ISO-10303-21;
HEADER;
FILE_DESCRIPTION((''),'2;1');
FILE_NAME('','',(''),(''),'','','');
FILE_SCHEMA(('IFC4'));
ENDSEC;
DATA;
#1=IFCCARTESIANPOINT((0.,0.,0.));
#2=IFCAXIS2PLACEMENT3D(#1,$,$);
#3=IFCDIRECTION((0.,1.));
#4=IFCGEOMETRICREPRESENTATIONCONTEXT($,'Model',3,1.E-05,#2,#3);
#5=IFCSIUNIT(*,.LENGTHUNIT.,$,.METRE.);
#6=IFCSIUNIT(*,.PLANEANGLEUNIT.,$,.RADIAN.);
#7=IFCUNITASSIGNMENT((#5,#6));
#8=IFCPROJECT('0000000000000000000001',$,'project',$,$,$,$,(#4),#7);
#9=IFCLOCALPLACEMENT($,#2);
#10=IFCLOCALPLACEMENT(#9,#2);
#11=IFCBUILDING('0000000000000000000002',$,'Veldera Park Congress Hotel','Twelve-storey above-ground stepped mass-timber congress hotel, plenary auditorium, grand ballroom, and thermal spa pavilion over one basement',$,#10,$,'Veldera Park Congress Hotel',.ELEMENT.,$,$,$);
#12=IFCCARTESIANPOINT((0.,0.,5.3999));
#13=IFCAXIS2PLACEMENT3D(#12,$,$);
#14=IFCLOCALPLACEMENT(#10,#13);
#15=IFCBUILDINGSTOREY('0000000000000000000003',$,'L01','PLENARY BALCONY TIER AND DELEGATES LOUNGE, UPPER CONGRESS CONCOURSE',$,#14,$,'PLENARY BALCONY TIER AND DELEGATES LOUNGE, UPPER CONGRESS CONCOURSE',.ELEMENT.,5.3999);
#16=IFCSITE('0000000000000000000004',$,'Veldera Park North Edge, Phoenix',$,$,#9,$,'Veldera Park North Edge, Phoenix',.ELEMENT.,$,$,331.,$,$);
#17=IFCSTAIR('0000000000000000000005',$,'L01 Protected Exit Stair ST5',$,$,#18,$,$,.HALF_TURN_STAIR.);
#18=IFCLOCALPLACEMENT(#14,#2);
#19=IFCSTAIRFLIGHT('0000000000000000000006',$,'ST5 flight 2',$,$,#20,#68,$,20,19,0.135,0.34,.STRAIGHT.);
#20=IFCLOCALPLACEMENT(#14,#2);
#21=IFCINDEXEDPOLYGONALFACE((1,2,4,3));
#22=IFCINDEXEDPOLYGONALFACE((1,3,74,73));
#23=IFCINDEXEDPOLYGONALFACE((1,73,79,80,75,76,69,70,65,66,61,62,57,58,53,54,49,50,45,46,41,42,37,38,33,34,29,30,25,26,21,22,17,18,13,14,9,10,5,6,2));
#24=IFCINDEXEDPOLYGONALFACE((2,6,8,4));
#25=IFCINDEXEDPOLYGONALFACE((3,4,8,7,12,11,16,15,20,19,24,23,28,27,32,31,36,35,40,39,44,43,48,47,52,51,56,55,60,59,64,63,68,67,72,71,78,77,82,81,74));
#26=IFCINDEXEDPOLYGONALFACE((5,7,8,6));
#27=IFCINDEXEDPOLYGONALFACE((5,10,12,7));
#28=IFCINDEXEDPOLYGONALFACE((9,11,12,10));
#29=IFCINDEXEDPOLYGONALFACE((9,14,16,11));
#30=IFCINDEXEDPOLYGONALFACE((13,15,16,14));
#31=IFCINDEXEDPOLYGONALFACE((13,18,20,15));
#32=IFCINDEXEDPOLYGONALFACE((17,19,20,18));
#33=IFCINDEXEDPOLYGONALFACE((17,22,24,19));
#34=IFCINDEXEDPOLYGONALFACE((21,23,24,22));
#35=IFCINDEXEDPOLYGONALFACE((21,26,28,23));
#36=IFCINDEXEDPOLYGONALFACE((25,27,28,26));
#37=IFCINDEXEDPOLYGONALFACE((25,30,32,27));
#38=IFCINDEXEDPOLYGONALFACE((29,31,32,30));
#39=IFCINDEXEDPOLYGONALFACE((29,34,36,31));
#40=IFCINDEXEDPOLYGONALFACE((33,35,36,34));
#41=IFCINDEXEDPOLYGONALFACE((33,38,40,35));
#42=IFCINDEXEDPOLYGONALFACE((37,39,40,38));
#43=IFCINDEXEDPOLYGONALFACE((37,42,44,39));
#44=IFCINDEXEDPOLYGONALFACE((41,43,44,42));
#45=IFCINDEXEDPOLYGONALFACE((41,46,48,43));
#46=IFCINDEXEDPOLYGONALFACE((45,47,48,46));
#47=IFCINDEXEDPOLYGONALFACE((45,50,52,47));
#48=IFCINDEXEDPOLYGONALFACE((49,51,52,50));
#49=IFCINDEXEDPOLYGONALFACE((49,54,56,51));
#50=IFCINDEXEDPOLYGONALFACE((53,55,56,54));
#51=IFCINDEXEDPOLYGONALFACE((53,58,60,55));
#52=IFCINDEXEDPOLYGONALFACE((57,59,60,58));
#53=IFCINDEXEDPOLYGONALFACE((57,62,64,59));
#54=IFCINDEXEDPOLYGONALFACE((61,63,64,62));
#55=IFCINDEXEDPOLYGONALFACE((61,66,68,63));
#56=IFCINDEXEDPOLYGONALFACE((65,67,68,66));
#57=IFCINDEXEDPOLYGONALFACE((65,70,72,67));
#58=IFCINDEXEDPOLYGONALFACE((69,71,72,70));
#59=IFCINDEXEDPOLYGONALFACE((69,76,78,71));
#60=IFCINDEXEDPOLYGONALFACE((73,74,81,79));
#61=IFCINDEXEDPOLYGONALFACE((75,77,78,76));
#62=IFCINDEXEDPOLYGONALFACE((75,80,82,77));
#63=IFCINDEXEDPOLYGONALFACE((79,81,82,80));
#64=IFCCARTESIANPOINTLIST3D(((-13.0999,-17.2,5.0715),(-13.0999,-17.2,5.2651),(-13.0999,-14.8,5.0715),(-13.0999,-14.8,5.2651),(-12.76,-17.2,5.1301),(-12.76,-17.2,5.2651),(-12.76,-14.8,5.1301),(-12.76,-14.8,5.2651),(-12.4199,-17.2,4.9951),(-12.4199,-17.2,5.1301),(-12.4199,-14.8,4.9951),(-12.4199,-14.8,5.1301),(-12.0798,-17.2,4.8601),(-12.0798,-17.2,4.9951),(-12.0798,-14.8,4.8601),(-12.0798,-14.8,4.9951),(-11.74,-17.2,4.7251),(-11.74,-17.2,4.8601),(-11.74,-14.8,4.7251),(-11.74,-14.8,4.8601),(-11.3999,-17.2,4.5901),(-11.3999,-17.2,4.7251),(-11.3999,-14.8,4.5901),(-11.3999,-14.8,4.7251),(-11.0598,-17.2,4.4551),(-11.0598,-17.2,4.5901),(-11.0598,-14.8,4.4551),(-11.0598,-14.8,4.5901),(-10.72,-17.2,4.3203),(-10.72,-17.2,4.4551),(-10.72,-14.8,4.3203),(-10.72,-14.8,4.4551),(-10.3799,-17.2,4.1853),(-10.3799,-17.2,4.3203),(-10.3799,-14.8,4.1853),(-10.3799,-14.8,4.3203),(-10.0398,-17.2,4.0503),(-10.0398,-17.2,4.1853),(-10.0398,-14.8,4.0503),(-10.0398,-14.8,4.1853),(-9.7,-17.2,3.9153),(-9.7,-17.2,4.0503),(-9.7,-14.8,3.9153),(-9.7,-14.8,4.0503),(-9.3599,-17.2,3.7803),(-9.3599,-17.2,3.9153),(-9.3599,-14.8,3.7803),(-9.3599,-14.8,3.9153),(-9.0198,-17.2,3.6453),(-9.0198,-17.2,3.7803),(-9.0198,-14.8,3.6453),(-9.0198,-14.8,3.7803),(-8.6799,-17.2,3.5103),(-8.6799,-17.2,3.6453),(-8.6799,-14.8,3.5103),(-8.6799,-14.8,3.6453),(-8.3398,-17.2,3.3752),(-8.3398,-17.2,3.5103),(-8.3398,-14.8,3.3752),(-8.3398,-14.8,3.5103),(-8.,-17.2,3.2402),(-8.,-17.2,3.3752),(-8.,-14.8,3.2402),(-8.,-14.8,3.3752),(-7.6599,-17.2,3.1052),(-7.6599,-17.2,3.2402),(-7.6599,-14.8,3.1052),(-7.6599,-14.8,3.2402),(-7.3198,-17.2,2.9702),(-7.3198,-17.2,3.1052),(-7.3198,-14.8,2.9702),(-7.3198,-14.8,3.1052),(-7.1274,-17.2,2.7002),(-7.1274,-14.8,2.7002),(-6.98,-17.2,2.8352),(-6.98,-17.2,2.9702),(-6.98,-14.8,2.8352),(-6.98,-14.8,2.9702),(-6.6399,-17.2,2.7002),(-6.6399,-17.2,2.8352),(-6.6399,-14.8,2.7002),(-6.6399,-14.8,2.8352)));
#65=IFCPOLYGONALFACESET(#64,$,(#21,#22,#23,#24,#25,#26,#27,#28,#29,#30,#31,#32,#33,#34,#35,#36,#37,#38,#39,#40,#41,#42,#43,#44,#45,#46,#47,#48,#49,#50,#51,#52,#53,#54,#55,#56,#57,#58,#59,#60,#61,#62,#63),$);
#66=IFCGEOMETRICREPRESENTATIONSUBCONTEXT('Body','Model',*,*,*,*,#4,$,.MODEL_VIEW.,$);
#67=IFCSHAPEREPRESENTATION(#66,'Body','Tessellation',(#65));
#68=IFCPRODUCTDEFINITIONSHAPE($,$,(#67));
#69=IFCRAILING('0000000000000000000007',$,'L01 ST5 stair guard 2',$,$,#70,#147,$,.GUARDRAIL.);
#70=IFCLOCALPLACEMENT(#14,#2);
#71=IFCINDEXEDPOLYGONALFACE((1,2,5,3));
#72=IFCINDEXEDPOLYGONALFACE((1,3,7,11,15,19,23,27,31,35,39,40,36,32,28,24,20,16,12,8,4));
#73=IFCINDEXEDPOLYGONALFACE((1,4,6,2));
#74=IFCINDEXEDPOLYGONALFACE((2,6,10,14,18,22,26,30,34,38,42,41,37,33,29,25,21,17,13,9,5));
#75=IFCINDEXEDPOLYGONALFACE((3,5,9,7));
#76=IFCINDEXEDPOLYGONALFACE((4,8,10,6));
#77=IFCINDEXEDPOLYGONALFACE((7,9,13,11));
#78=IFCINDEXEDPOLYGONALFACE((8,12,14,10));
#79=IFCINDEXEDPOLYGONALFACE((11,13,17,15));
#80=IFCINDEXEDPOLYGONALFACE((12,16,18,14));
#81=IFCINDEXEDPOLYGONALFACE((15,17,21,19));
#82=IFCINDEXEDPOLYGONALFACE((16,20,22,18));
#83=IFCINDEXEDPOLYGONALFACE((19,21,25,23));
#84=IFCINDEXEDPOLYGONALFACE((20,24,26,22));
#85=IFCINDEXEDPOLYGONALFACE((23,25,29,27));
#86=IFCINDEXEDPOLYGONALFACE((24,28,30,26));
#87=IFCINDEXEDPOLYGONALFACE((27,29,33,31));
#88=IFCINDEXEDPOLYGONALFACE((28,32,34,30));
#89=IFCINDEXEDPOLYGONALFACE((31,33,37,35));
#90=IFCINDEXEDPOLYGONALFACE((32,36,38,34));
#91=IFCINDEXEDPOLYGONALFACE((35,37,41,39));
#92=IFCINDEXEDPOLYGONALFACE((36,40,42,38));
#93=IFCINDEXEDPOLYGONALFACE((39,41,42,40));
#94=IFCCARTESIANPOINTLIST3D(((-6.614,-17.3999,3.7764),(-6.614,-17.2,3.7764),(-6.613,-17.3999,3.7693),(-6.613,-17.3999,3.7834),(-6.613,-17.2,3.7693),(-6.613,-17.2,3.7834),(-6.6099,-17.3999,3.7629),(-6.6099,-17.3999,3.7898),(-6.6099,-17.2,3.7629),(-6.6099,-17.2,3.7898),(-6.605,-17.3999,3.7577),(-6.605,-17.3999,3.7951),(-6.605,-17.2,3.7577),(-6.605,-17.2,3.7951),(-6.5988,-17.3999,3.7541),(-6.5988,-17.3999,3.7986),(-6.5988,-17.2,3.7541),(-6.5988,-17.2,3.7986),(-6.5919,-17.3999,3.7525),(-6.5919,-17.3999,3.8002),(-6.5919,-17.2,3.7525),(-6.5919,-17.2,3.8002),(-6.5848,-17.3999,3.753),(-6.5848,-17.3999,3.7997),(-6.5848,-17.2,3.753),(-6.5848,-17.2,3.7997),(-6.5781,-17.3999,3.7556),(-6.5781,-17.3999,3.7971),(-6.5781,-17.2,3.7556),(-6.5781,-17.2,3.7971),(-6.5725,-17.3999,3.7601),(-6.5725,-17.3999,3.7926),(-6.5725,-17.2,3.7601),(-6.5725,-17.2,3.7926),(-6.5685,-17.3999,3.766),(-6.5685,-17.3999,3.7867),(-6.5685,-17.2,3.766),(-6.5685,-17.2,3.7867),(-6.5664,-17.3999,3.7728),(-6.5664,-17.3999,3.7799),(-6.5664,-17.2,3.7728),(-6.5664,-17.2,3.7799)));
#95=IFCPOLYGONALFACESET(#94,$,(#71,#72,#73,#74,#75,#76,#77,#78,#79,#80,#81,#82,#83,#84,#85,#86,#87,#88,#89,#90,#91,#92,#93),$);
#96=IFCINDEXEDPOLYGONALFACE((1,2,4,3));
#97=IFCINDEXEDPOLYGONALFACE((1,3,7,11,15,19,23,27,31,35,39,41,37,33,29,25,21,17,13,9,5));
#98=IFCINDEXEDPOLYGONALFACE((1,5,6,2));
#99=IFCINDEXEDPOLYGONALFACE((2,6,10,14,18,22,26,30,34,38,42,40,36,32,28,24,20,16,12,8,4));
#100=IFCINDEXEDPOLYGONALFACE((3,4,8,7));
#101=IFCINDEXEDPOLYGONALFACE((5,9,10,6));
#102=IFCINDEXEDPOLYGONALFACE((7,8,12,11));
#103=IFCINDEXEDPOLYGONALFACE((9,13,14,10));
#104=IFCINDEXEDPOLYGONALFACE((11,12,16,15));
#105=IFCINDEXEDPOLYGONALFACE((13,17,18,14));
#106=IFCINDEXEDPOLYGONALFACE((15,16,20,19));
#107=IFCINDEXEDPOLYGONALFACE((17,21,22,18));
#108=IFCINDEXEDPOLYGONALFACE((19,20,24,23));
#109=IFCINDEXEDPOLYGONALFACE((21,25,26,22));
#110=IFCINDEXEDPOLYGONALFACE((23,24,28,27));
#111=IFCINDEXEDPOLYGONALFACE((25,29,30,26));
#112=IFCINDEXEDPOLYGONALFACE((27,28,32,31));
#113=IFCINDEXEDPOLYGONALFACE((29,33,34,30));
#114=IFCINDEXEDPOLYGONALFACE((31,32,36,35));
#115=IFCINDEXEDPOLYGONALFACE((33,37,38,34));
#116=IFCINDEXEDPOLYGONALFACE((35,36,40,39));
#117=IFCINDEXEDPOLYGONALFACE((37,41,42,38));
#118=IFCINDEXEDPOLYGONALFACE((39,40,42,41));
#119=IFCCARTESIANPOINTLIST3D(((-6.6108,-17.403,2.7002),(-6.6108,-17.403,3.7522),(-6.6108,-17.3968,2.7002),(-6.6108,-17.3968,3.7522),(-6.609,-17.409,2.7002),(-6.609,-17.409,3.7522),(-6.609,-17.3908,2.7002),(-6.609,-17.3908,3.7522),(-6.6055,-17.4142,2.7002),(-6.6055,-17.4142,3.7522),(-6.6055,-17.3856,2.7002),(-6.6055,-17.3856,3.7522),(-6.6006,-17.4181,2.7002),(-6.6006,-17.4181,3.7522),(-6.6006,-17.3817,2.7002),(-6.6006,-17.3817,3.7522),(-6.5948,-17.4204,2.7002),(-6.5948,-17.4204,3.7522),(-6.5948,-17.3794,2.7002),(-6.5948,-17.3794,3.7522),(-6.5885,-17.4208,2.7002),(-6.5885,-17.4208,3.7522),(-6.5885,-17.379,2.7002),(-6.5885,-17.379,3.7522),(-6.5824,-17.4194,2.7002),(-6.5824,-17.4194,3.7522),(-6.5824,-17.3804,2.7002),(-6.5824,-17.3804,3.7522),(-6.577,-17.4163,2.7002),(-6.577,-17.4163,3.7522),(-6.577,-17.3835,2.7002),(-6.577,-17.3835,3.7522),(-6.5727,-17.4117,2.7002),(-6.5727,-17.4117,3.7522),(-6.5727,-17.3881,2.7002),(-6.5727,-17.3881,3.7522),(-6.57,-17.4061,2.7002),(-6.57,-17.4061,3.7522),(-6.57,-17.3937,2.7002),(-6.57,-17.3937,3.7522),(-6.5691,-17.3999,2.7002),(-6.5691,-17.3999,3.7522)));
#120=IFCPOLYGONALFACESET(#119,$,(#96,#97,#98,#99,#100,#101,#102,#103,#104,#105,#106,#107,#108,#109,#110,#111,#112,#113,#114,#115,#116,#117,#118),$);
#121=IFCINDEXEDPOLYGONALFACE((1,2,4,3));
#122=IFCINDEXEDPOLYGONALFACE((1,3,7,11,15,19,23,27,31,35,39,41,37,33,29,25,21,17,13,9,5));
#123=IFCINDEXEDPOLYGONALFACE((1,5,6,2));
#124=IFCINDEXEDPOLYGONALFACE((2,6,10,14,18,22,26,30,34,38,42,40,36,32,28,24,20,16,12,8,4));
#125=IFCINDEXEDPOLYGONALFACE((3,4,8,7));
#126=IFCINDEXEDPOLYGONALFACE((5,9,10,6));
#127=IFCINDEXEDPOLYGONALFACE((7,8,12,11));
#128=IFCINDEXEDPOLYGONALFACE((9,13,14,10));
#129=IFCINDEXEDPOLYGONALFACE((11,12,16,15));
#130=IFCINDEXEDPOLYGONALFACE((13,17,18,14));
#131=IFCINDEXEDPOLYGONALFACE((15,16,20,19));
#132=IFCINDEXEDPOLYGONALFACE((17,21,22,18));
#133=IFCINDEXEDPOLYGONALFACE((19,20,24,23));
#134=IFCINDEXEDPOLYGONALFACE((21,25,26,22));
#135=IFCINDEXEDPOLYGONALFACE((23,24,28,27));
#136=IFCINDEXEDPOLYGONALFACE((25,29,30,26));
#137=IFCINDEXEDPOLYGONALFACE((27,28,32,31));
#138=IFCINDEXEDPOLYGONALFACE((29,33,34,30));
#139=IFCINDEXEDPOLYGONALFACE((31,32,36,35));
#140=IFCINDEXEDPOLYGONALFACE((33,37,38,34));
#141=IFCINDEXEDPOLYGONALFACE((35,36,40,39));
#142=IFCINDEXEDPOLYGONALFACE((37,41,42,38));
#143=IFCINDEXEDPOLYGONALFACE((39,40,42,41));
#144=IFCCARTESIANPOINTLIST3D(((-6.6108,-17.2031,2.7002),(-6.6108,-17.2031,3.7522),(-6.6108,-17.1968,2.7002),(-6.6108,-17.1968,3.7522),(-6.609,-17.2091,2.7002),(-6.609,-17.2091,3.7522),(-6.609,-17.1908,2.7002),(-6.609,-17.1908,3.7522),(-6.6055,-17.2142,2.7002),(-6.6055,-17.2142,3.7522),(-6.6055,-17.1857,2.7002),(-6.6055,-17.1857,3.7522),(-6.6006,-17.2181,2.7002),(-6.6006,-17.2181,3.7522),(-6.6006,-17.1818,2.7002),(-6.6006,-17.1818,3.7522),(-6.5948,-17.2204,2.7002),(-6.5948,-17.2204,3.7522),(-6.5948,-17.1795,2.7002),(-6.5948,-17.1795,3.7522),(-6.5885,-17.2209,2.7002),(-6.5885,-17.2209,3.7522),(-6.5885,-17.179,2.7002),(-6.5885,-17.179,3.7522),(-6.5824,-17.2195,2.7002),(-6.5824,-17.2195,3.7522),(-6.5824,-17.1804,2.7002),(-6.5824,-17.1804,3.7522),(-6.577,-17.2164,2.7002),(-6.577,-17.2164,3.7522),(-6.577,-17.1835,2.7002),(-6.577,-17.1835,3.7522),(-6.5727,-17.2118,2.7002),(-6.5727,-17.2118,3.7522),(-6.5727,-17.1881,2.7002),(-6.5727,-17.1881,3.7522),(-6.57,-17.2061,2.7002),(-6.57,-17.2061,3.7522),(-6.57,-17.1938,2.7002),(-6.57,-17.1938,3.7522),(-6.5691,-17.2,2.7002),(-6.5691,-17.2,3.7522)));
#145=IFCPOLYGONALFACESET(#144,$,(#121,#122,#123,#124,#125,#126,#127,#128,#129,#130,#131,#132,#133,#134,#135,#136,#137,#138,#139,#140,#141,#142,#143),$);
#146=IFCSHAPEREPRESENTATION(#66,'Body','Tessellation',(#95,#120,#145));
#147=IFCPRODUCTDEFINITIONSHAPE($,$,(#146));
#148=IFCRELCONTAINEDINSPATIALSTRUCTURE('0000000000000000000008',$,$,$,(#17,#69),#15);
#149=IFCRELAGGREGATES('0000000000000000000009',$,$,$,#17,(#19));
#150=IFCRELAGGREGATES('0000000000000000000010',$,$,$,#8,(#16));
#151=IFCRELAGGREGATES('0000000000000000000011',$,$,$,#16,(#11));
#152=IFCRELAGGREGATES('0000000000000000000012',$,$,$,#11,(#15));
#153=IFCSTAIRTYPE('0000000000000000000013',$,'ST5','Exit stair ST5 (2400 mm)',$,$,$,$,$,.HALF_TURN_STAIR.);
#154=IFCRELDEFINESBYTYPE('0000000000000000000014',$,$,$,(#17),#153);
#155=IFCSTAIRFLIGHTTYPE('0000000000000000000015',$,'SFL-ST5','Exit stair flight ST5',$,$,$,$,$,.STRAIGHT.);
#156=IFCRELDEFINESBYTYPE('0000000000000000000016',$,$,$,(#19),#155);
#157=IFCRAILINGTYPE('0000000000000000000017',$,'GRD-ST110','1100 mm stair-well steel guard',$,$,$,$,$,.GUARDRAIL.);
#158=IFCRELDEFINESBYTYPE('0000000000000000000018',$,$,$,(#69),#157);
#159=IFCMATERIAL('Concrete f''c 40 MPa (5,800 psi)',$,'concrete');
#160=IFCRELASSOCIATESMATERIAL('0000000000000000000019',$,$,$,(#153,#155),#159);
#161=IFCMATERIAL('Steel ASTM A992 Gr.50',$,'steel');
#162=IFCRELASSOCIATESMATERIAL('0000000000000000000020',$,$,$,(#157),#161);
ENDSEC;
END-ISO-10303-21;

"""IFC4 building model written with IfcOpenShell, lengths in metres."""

from ifc_helpers import new_model, si_unit, direction, frame, origin, origin_2d, place, context, subcontext, project, spatial, polyline, circle, outline, extrude, material, type_object, element, aggregate, save


model = new_model("IFC4")

# Units and contexts
model_context = context("Model", 3, precision=1e-05, world=origin(), true_north=direction((0.0, 1.0)))
body_context = subcontext(model_context, "Body", "Model", "MODEL_VIEW")
ifc_project = project(units=[si_unit("LENGTHUNIT", "METRE"), si_unit("PLANEANGLEUNIT", "RADIAN")], contexts=[model_context])

# Site, building, storey
site_placement = place(None, origin())
site = spatial("IfcSite", under=ifc_project, at=site_placement, Name="Veldera Park North Edge, Phoenix", LongName="Veldera Park North Edge, Phoenix", CompositionType="ELEMENT", RefElevation=331.0)
building_placement = place(site_placement, origin())
building = spatial("IfcBuilding", under=site, at=building_placement, Name="Veldera Park Congress Hotel", Description="Twelve-storey above-ground stepped mass-timber congress hotel, plenary auditorium, grand ballroom, and thermal spa pavilion over one basement", LongName="Veldera Park Congress Hotel", CompositionType="ELEMENT")
storey_placement = place(building_placement, frame((0.0, 0.0, 5.3999)))
storey = spatial("IfcBuildingStorey", under=building, at=storey_placement, Name="L01", Description="PLENARY BALCONY TIER AND DELEGATES LOUNGE, UPPER CONGRESS CONCOURSE", LongName="PLENARY BALCONY TIER AND DELEGATES LOUNGE, UPPER CONGRESS CONCOURSE", CompositionType="ELEMENT", Elevation=5.3999)

# Shared definitions
ifc_material_1 = material(Name="Steel ASTM A992 Gr.50", Category="steel")

# Shared definitions
ifc_material_2 = material(Name="Concrete f'c 40 MPa (5,800 psi)", Category="concrete")

# Stair, stair flight
stair_type = type_object("IfcStairType", Name="ST5", Description="Exit stair ST5 (2400 mm)", PredefinedType="HALF_TURN_STAIR", material=ifc_material_2)
stair_placement = place(storey_placement, origin())
stair = element("IfcStair", 1, at=stair_placement, inside=storey, type_object=stair_type, Name="L01 Protected Exit Stair ST5", PredefinedType="HALF_TURN_STAIR")
stair_flight_type = type_object("IfcStairFlightType", Name="SFL-ST5", Description="Exit stair flight ST5", PredefinedType="STRAIGHT", material=ifc_material_2)
stair_flight_placement = place(storey_placement, frame((-6.6399, -16.0, 2.7002), z_axis=(0.0, 0.0, 1.0), x_axis=(-1.0, 0.0, 0.0)))
stair_flight = element("IfcStairFlight", 2, at=stair_flight_placement, type_object=stair_flight_type, Name="ST5 flight 2", NumberOfRisers=20, NumberOfTreads=19, PredefinedType="STRAIGHT", RiserHeight=0.135, TreadLength=0.34, context=body_context, shape_type="SweptSolid", body=[
    extrude(outline(polyline([(0.0, 0.0), (0.0, 0.135), (0.3401, 0.135), (0.3401, 0.27), (0.6799, 0.27), (0.6799, 0.405), (1.02, 0.405), (1.02, 0.54), (1.3601, 0.54), (1.3601, 0.675), (1.7, 0.675), (1.7, 0.8101), (2.04, 0.8101), (2.04, 0.9451), (2.3799, 0.9451), (2.3799, 1.0801), (2.72, 1.0801), (2.72, 1.2151), (3.0601, 1.2151), (3.0601, 1.3501), (3.3999, 1.3501), (3.3999, 1.4851), (3.74, 1.4851), (3.74, 1.6201), (4.0801, 1.6201), (4.0801, 1.7549), (4.4199, 1.7549), (4.4199, 1.8899), (4.76, 1.8899), (4.76, 2.0249), (5.1001, 2.0249), (5.1001, 2.1599), (5.4399, 2.1599), (5.4399, 2.2949), (5.78, 2.2949), (5.78, 2.4299), (6.1201, 2.4299), (6.1201, 2.5649), (6.46, 2.5649), (6.46, 2.7), (6.46, 2.7), (6.46, 2.3713), (0.4875, 0.0), (0.0, 0.0)])), frame((0.0, 1.2, 0.0), z_axis=(0.0, -1.0, 0.0), x_axis=(1.0, 0.0, 0.0)), (0.0, 0.0, 1.0), 2.3999),
])
aggregate(stair, [stair_flight])

# Railing
railing_type_1 = type_object("IfcRailingType", Name="GRD-ST110", Description="1100 mm stair-well steel guard", PredefinedType="GUARDRAIL", material=ifc_material_1)
railing_1_placement = place(storey_placement, frame((-6.5901, -17.3999, 2.7002)))
element("IfcRailing", 3, at=railing_1_placement, inside=storey, type_object=railing_type_1, Name="L01 ST5 stair guard 2", PredefinedType="GUARDRAIL", context=body_context, shape_type="SweptSolid", body=[
    extrude(circle(Radius=0.0239, at=origin_2d()), frame((0.0, 0.0, 1.0762), z_axis=(0.0, 1.0, 0.0), x_axis=(-1.0, 0.0, 0.0)), (0.0, 0.0, 1.0), 0.2),
    extrude(circle(Radius=0.021, at=origin_2d()), origin(), (0.0, 0.0, 1.0), 1.052),
    extrude(circle(Radius=0.021, at=origin_2d()), frame((0.0, 0.2, 0.0)), (0.0, 0.0, 1.0), 1.052),
])

save(model, "model.ifc")
